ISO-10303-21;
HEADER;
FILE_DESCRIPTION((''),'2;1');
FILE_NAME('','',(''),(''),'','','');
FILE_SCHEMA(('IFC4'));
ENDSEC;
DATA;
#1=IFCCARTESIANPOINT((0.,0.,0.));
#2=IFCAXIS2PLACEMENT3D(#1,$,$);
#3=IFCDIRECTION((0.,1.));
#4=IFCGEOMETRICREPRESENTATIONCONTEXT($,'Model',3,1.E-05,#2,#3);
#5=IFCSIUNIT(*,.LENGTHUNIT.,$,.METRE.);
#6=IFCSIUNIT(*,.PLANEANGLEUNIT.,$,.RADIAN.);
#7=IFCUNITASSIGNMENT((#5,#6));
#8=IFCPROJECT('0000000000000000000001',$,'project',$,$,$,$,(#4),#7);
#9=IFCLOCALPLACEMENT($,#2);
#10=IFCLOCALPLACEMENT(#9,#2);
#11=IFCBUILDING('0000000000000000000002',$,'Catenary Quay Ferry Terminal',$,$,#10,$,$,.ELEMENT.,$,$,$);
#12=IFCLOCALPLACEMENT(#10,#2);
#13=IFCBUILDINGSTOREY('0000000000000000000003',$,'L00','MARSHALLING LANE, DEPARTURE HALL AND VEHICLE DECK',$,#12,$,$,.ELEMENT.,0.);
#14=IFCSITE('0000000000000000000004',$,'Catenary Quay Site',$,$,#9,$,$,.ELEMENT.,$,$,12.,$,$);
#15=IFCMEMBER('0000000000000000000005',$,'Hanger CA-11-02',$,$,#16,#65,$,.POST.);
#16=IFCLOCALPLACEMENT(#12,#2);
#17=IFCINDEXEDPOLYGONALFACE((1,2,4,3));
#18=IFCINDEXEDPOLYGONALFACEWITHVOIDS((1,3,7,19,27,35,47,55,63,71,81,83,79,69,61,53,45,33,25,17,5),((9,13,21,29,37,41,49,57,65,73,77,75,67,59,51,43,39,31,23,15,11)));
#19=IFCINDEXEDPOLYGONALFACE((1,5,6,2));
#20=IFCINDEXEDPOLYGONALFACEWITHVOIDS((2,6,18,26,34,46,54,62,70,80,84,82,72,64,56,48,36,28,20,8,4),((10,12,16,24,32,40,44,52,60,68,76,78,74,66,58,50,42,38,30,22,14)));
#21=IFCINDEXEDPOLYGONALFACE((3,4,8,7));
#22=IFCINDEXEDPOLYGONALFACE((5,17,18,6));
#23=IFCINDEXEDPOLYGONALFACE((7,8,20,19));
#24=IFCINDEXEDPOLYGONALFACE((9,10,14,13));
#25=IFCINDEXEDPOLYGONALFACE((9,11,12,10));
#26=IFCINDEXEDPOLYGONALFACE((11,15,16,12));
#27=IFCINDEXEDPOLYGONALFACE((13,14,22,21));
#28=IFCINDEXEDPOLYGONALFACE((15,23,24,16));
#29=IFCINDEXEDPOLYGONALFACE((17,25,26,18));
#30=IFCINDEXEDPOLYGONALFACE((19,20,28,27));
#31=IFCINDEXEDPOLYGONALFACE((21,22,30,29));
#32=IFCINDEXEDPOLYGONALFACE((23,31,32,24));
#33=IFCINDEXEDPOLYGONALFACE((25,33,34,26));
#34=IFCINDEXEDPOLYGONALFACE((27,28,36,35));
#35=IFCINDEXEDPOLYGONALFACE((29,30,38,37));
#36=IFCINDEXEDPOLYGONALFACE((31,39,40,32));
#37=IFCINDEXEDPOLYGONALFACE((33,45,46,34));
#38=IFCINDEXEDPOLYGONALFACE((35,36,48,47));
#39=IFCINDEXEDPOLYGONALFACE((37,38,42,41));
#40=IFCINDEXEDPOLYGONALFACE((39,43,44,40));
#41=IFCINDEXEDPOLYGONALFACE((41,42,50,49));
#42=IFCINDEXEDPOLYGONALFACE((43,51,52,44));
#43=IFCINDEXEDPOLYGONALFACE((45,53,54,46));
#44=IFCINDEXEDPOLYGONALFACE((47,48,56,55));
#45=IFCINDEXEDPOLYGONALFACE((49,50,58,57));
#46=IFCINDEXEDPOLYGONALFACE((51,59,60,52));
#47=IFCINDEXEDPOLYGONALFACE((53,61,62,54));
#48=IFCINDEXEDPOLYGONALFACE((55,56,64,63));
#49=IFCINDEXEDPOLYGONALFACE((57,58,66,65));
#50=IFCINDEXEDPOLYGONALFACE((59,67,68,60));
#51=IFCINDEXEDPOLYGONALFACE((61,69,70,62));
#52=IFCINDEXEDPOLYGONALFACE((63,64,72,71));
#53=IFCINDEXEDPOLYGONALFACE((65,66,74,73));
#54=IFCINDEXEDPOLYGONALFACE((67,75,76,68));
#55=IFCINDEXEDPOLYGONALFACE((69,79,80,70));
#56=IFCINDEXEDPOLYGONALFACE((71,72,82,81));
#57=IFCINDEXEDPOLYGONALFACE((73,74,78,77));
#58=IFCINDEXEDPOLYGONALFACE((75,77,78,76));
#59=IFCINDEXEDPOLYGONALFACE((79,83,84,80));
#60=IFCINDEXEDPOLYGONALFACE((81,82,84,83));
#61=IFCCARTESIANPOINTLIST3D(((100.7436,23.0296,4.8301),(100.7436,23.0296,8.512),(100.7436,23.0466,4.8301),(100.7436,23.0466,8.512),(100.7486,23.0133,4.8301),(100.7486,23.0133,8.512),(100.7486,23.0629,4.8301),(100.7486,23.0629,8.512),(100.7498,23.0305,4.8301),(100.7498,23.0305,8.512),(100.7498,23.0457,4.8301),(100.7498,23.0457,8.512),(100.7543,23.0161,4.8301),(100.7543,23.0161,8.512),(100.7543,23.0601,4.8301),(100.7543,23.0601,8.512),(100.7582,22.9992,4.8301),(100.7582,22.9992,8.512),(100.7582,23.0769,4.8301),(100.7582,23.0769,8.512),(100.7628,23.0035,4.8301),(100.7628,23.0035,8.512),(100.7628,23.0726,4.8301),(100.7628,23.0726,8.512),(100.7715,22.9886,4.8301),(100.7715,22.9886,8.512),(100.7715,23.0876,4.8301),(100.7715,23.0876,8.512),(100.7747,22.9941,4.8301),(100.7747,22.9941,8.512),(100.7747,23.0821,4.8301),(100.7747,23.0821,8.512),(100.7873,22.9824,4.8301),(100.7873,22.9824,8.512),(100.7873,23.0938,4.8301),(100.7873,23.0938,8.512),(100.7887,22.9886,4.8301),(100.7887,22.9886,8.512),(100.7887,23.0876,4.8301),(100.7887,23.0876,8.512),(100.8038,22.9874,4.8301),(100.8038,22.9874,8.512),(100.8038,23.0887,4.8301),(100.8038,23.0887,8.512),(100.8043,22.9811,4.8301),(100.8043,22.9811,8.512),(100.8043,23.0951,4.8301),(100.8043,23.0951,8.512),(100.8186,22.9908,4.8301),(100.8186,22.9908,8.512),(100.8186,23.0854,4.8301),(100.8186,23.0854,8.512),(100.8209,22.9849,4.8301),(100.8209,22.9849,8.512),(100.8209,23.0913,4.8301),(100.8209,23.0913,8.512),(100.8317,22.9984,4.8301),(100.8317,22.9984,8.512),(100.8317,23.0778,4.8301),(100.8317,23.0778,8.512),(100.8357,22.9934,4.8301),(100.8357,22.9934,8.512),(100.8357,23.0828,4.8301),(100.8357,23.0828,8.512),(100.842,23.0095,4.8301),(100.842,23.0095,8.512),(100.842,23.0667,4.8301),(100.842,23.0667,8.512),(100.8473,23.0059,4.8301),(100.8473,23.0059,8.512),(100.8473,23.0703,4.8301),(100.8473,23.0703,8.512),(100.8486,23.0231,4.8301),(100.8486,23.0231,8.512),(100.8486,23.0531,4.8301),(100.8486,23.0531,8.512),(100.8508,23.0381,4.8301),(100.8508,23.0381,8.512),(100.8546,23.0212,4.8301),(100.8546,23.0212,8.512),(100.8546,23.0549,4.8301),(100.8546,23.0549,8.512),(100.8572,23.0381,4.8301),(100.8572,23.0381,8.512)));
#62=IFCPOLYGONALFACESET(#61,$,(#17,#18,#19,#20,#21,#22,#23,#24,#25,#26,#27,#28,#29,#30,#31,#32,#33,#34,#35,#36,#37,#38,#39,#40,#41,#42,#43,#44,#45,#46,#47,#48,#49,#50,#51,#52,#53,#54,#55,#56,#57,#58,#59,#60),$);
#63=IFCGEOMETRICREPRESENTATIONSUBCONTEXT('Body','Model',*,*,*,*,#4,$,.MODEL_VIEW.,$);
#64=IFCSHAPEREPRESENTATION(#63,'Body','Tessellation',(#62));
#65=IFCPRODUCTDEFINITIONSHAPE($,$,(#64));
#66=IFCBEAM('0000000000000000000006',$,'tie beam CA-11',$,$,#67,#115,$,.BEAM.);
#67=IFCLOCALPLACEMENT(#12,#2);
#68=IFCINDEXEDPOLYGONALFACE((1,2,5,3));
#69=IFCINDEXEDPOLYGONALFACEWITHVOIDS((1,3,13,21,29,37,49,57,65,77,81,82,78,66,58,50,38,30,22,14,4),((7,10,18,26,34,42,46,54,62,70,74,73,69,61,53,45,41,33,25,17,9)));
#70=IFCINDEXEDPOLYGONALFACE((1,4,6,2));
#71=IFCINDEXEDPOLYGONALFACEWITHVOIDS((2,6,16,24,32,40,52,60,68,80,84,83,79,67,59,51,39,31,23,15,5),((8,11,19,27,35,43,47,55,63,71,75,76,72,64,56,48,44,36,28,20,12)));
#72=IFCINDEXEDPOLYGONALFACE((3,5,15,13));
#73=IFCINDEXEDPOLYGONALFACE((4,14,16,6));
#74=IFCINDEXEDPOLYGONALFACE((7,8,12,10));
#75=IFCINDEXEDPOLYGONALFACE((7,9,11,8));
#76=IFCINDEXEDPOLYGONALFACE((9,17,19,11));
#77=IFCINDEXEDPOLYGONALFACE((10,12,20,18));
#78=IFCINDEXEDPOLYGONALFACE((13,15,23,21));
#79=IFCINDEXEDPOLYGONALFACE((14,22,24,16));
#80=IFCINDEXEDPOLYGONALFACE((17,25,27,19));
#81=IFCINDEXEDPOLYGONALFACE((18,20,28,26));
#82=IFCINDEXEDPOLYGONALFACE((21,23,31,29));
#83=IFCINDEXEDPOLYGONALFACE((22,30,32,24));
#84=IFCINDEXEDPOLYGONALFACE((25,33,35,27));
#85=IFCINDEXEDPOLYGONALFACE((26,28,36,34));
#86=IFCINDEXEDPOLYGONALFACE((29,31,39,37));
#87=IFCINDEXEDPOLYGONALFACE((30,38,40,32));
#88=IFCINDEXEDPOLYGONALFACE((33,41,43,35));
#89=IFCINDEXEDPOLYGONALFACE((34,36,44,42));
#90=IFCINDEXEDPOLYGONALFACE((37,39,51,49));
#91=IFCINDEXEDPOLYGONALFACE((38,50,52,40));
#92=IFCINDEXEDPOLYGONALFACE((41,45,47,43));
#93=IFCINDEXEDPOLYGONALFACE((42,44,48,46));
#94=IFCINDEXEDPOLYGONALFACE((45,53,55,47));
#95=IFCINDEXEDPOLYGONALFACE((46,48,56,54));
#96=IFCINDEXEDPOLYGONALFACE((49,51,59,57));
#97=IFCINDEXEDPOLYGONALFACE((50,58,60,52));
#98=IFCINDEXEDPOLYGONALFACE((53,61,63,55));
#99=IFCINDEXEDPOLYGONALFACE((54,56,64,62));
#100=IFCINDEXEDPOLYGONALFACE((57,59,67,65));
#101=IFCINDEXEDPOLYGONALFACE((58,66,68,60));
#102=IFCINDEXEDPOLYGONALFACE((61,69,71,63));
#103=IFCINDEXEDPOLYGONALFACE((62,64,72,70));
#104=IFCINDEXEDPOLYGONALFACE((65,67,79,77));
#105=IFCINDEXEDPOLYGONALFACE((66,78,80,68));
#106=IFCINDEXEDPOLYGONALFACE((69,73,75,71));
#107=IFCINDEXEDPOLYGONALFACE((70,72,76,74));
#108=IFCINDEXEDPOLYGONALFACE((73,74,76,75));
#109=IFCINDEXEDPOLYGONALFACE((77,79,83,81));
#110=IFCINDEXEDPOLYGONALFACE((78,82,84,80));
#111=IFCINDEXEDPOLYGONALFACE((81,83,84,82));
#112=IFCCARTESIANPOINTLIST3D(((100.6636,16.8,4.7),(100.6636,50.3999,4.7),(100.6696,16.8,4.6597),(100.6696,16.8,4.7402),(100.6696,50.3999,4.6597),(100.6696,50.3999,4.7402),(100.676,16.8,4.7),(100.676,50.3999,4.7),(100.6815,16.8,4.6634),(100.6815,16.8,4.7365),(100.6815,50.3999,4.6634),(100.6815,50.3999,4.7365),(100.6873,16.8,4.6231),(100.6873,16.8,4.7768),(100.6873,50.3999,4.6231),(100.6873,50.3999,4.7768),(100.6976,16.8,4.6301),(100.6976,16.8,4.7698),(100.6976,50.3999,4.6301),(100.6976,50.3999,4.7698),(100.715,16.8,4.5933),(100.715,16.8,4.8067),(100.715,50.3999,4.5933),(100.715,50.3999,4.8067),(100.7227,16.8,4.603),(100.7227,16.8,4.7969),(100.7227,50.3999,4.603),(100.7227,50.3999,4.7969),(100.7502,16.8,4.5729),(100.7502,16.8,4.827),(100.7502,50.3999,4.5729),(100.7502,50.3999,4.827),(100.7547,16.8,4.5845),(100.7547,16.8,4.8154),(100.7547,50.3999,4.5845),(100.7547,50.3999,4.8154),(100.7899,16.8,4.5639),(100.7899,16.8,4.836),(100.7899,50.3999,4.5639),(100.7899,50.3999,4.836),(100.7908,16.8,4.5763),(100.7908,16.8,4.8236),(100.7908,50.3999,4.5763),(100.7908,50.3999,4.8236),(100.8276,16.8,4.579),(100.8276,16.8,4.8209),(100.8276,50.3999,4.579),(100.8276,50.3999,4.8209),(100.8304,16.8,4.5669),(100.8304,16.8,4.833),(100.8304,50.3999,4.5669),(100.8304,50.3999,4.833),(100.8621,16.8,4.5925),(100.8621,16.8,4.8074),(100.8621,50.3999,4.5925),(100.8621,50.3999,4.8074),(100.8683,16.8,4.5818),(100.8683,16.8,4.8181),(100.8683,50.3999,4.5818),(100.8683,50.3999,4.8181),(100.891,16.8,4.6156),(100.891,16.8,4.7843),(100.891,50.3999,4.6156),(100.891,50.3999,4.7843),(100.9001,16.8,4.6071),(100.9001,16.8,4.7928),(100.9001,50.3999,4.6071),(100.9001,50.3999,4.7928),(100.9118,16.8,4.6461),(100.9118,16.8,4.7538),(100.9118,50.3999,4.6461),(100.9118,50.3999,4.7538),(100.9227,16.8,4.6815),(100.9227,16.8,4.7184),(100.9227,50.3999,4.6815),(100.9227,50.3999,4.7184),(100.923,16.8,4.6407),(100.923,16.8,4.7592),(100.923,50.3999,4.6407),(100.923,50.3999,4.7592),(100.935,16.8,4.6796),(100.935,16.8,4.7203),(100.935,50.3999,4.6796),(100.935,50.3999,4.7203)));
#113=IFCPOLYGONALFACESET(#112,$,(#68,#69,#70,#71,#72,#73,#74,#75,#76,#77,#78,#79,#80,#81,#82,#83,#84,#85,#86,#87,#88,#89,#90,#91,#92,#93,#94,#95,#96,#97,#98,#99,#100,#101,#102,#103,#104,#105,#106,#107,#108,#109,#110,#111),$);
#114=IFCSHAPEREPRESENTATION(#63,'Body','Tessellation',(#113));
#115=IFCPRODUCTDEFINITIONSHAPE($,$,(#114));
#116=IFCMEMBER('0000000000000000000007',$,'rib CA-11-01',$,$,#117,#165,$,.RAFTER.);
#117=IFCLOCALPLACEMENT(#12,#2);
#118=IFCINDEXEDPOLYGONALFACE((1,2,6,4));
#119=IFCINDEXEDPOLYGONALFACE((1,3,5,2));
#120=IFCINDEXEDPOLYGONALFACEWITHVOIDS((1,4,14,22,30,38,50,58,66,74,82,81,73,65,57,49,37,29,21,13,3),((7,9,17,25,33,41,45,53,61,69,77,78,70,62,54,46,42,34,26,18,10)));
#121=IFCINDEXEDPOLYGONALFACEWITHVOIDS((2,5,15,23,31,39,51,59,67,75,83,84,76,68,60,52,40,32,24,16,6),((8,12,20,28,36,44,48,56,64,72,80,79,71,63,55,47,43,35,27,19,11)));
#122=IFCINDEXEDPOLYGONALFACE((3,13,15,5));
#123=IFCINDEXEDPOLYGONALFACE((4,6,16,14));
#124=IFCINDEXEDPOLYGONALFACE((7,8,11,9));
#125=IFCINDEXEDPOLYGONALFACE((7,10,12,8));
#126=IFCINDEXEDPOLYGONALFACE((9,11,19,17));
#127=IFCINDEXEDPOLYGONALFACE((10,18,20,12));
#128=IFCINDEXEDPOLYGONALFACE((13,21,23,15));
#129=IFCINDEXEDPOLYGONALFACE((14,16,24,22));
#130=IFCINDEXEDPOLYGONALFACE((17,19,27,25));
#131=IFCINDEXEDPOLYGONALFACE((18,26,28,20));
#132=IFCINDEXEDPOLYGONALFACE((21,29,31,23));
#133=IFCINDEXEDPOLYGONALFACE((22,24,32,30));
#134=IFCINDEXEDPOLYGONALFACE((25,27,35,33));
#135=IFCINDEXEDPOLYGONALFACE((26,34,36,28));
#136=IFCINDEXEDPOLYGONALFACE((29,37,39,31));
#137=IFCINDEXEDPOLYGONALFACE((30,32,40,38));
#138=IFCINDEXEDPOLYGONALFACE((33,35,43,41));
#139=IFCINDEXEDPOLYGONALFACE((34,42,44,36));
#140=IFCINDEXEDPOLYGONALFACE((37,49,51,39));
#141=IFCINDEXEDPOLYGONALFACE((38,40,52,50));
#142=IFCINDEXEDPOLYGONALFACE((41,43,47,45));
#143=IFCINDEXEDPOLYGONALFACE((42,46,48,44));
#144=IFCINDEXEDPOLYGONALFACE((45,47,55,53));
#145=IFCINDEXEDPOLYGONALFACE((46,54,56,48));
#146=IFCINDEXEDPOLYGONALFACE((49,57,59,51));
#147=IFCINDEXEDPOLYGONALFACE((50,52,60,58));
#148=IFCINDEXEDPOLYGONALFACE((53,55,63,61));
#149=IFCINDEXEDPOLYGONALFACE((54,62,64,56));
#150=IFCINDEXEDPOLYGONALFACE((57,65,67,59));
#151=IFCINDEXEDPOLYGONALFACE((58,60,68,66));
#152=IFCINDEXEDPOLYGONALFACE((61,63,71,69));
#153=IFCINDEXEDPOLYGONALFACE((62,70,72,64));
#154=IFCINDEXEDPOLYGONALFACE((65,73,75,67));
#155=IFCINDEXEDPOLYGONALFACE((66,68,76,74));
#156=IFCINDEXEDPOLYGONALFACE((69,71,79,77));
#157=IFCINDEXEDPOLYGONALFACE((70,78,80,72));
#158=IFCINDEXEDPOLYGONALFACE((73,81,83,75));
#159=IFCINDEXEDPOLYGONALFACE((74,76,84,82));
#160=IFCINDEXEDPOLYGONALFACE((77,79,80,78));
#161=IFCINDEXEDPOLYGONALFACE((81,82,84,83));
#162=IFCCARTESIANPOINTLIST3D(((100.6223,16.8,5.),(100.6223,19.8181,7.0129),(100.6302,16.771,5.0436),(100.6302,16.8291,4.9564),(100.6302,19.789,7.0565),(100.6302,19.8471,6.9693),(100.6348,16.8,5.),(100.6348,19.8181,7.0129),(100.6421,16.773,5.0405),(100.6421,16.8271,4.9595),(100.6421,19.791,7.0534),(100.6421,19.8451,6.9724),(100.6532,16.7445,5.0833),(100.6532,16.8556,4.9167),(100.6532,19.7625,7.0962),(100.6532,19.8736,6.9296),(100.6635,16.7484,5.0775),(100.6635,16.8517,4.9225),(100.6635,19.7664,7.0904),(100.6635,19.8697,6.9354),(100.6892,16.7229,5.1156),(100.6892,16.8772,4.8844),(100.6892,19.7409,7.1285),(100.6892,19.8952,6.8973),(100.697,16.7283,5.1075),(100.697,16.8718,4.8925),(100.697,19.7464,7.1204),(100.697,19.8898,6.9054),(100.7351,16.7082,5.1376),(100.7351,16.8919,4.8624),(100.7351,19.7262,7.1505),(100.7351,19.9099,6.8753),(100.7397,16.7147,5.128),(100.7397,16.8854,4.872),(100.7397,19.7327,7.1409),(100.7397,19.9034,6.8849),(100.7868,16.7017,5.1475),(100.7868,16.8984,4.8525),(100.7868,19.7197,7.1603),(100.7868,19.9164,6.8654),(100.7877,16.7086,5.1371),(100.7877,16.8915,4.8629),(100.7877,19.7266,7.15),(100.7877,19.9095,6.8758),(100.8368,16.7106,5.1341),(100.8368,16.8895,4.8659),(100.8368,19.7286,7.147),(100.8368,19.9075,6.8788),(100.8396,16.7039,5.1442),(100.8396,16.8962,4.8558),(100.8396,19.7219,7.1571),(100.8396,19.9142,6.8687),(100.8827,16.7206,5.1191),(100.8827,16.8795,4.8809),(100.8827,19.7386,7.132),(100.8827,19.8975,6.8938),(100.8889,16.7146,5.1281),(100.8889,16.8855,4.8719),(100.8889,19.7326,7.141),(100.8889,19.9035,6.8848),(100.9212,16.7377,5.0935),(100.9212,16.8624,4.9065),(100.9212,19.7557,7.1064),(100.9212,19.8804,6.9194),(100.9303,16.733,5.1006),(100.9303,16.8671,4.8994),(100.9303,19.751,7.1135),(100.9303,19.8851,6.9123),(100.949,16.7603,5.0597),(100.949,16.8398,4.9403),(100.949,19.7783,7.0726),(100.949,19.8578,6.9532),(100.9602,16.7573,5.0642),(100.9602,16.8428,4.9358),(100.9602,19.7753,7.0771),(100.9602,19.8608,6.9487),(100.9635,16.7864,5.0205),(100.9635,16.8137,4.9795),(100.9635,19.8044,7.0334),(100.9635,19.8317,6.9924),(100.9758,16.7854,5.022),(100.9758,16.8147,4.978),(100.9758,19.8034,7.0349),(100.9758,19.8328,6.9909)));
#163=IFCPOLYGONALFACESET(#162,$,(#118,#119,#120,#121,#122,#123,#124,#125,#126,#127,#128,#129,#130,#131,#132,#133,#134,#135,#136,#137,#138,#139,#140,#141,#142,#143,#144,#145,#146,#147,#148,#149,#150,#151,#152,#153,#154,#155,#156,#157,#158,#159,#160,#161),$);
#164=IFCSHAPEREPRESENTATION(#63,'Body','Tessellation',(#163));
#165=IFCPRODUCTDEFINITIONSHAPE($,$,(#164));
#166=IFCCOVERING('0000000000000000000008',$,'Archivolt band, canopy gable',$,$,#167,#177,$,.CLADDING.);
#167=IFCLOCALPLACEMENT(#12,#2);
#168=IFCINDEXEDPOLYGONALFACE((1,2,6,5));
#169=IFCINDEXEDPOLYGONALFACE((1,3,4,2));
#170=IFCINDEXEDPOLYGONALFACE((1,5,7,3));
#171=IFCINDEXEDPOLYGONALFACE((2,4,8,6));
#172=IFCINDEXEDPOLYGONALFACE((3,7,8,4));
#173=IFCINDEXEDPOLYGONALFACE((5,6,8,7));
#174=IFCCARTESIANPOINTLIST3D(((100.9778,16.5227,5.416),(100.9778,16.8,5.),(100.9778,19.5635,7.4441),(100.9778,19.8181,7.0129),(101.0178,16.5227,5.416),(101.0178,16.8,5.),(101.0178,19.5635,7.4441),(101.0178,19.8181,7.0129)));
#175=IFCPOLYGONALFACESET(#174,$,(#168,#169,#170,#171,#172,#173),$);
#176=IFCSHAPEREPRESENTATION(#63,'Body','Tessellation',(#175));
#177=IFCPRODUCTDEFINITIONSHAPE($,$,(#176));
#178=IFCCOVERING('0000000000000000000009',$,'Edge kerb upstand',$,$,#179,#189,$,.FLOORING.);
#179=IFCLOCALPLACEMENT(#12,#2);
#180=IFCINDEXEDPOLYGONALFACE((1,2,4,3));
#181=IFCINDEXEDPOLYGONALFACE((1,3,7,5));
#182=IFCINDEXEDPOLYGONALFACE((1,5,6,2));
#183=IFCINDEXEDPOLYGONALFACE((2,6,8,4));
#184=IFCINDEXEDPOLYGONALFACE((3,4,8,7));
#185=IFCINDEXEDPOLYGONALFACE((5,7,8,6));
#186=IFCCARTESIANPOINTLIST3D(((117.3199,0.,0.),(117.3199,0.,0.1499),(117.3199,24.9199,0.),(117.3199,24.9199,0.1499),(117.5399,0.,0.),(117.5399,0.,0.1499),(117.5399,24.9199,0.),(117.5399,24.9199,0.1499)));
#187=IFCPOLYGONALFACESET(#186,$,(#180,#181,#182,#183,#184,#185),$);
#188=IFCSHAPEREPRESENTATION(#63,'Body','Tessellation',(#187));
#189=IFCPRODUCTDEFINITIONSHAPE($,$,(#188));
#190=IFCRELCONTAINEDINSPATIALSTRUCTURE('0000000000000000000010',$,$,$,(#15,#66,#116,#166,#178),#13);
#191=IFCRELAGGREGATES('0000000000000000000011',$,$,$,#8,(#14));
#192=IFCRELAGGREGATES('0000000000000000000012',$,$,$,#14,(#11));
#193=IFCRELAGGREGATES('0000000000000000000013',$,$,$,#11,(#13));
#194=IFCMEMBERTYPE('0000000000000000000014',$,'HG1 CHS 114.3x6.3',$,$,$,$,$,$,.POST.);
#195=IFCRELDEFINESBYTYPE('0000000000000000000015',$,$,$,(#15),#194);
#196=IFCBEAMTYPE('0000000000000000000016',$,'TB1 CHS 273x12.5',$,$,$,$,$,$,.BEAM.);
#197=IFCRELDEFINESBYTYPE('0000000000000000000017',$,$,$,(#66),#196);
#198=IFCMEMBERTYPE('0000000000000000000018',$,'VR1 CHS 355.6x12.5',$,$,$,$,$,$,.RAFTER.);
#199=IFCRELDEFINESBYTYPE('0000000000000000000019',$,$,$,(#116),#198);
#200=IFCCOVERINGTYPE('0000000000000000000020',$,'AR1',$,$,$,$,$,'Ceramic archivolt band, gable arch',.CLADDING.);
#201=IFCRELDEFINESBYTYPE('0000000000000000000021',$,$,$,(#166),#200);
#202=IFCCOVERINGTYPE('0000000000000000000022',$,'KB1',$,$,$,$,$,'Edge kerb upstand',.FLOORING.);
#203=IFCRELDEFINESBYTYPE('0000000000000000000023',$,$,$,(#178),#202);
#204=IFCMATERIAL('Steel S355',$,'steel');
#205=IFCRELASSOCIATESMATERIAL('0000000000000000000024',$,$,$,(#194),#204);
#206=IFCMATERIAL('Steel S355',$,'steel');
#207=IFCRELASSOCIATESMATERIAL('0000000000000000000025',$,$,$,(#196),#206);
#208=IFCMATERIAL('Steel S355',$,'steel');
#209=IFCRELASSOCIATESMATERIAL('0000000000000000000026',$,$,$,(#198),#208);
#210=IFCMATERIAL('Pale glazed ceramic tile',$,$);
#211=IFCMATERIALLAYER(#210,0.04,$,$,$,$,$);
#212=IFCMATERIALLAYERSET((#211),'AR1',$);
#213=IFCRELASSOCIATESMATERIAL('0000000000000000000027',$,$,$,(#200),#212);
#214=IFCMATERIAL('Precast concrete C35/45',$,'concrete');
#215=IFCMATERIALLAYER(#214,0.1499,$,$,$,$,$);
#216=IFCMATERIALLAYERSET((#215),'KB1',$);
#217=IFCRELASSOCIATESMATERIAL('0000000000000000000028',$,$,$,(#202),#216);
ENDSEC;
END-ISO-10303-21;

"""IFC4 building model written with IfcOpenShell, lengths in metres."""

from ifc_helpers import new_model, si_unit, direction, frame, origin, origin_2d, place, context, subcontext, project, spatial, polyline, rectangle, hollow_circle, outline, extrude, material, layer, layer_set, material_profile, profile_set, type_object, element, save


model = new_model("IFC4")

# Units and contexts
model_context = context("Model", 3, precision=1e-05, world=origin(), true_north=direction((0.0, 1.0)))
body_context = subcontext(model_context, "Body", "Model", "MODEL_VIEW")
ifc_project = project(units=[si_unit("LENGTHUNIT", "METRE"), si_unit("PLANEANGLEUNIT", "RADIAN")], contexts=[model_context])

# Site, building, storey
site_placement = place(None, origin())
site = spatial("IfcSite", under=ifc_project, at=site_placement, Name="Catenary Quay Site", CompositionType="ELEMENT", RefElevation=12.0)
building_placement = place(site_placement, origin())
building = spatial("IfcBuilding", under=site, at=building_placement, Name="Catenary Quay Ferry Terminal", CompositionType="ELEMENT")
storey_placement = place(building_placement, origin())
storey = spatial("IfcBuildingStorey", under=building, at=storey_placement, Name="L00", Description="MARSHALLING LANE, DEPARTURE HALL AND VEHICLE DECK", CompositionType="ELEMENT", Elevation=0.0)

# Member
ifc_material_1 = material(Name="Steel S355", Category="steel")
ifc_material_profile_1 = material_profile(ifc_material_1, hollow_circle(Radius=0.0571, WallThickness=0.0063, at=origin_2d()), Name="CHS 114.3x6.3")
ifc_profile_set_1 = profile_set([ifc_material_profile_1], Name="Steel S355")
member_type_1 = type_object("IfcMemberType", Name="HG1 CHS 114.3x6.3", PredefinedType="POST", material=ifc_profile_set_1)
member_1_placement = place(storey_placement, frame((100.8, 23.0381, 4.8301), z_axis=(0.0, 0.0, 1.0), x_axis=(1.0, 0.0, 0.0)))
element("IfcMember", 1, at=member_1_placement, inside=storey, type_object=member_type_1, Name="Hanger CA-11-02", PredefinedType="POST", context=body_context, shape_type="SweptSolid", body=[
    extrude(hollow_circle(Radius=0.0571, WallThickness=0.0063, at=origin_2d()), origin(), (0.0, 0.0, 1.0), 3.6819),
])

# Beam
ifc_material_2 = material(Name="Steel S355", Category="steel")
ifc_material_profile_2 = material_profile(ifc_material_2, hollow_circle(Radius=0.1365, WallThickness=0.0125, at=origin_2d()), Name="CHS 273x12.5")
ifc_profile_set_2 = profile_set([ifc_material_profile_2], Name="Steel S355")
beam_type = type_object("IfcBeamType", Name="TB1 CHS 273x12.5", PredefinedType="BEAM", material=ifc_profile_set_2)
beam_placement = place(storey_placement, frame((100.8, 16.8, 4.7), z_axis=(0.0, 1.0, 0.0), x_axis=(-1.0, 0.0, 0.0)))
element("IfcBeam", 2, at=beam_placement, inside=storey, type_object=beam_type, Name="tie beam CA-11", PredefinedType="BEAM", context=body_context, shape_type="SweptSolid", body=[
    extrude(hollow_circle(Radius=0.1365, WallThickness=0.0125, at=origin_2d()), origin(), (0.0, 0.0, 1.0), 33.5999),
])

# Member
ifc_material_3 = material(Name="Steel S355", Category="steel")
ifc_material_profile_3 = material_profile(ifc_material_3, hollow_circle(Radius=0.1777, WallThickness=0.0125, at=origin_2d()), Name="CHS 355.6x12.5")
ifc_profile_set_3 = profile_set([ifc_material_profile_3], Name="Steel S355")
member_type_2 = type_object("IfcMemberType", Name="VR1 CHS 355.6x12.5", PredefinedType="RAFTER", material=ifc_profile_set_3)
member_2_placement = place(storey_placement, frame((100.8, 16.8, 5.0), z_axis=(0.0, 0.831936, 0.554871), x_axis=(-1.0, 0.0, 0.0)))
element("IfcMember", 3, at=member_2_placement, inside=storey, type_object=member_type_2, Name="rib CA-11-01", PredefinedType="RAFTER", context=body_context, shape_type="SweptSolid", body=[
    extrude(hollow_circle(Radius=0.1777, WallThickness=0.0125, at=origin_2d()), origin(), (0.0, 0.0, 1.0), 3.6277),
])

# Covering
ifc_material_4 = material(Name="Pale glazed ceramic tile")
ifc_layer_1 = layer(ifc_material_4, 0.04)
ifc_layer_set_1 = layer_set([ifc_layer_1], Name="AR1")
covering_type_1 = type_object("IfcCoveringType", Name="AR1", ElementType="Ceramic archivolt band, gable arch", PredefinedType="CLADDING", material=ifc_layer_set_1)
covering_1_placement = place(storey_placement, frame((100.9778, 16.5227, 5.416), z_axis=(-1.0, 0.0, 0.0), x_axis=(0.0, 0.831937, 0.55487)))
element("IfcCovering", 4, at=covering_1_placement, inside=storey, type_object=covering_type_1, Name="Archivolt band, canopy gable", PredefinedType="CLADDING", context=body_context, shape_type="SweptSolid", body=[
    extrude(outline(polyline([(0.0, 0.0), (3.655, 0.0), (3.6277, 0.5), (-0.0001, 0.5), (0.0, 0.0)])), origin(), (0.0, 0.0, -1.0), 0.04),
])

# Covering
ifc_material_5 = material(Name="Precast concrete C35/45", Category="concrete")
ifc_layer_2 = layer(ifc_material_5, 0.1499)
ifc_layer_set_2 = layer_set([ifc_layer_2], Name="KB1")
covering_type_2 = type_object("IfcCoveringType", Name="KB1", ElementType="Edge kerb upstand", PredefinedType="FLOORING", material=ifc_layer_set_2)
covering_2_placement = place(storey_placement, frame((117.4299, 12.46, 0.0), z_axis=(0.0, 0.0, 1.0), x_axis=(1.0, 0.0, 0.0)))
element("IfcCovering", 5, at=covering_2_placement, inside=storey, type_object=covering_type_2, Name="Edge kerb upstand", PredefinedType="FLOORING", context=body_context, shape_type="SweptSolid", body=[
    extrude(rectangle(XDim=0.22, YDim=24.9199, at=origin_2d()), origin(), (0.0, 0.0, 1.0), 0.1499),
])

save(model, "model.ifc")
